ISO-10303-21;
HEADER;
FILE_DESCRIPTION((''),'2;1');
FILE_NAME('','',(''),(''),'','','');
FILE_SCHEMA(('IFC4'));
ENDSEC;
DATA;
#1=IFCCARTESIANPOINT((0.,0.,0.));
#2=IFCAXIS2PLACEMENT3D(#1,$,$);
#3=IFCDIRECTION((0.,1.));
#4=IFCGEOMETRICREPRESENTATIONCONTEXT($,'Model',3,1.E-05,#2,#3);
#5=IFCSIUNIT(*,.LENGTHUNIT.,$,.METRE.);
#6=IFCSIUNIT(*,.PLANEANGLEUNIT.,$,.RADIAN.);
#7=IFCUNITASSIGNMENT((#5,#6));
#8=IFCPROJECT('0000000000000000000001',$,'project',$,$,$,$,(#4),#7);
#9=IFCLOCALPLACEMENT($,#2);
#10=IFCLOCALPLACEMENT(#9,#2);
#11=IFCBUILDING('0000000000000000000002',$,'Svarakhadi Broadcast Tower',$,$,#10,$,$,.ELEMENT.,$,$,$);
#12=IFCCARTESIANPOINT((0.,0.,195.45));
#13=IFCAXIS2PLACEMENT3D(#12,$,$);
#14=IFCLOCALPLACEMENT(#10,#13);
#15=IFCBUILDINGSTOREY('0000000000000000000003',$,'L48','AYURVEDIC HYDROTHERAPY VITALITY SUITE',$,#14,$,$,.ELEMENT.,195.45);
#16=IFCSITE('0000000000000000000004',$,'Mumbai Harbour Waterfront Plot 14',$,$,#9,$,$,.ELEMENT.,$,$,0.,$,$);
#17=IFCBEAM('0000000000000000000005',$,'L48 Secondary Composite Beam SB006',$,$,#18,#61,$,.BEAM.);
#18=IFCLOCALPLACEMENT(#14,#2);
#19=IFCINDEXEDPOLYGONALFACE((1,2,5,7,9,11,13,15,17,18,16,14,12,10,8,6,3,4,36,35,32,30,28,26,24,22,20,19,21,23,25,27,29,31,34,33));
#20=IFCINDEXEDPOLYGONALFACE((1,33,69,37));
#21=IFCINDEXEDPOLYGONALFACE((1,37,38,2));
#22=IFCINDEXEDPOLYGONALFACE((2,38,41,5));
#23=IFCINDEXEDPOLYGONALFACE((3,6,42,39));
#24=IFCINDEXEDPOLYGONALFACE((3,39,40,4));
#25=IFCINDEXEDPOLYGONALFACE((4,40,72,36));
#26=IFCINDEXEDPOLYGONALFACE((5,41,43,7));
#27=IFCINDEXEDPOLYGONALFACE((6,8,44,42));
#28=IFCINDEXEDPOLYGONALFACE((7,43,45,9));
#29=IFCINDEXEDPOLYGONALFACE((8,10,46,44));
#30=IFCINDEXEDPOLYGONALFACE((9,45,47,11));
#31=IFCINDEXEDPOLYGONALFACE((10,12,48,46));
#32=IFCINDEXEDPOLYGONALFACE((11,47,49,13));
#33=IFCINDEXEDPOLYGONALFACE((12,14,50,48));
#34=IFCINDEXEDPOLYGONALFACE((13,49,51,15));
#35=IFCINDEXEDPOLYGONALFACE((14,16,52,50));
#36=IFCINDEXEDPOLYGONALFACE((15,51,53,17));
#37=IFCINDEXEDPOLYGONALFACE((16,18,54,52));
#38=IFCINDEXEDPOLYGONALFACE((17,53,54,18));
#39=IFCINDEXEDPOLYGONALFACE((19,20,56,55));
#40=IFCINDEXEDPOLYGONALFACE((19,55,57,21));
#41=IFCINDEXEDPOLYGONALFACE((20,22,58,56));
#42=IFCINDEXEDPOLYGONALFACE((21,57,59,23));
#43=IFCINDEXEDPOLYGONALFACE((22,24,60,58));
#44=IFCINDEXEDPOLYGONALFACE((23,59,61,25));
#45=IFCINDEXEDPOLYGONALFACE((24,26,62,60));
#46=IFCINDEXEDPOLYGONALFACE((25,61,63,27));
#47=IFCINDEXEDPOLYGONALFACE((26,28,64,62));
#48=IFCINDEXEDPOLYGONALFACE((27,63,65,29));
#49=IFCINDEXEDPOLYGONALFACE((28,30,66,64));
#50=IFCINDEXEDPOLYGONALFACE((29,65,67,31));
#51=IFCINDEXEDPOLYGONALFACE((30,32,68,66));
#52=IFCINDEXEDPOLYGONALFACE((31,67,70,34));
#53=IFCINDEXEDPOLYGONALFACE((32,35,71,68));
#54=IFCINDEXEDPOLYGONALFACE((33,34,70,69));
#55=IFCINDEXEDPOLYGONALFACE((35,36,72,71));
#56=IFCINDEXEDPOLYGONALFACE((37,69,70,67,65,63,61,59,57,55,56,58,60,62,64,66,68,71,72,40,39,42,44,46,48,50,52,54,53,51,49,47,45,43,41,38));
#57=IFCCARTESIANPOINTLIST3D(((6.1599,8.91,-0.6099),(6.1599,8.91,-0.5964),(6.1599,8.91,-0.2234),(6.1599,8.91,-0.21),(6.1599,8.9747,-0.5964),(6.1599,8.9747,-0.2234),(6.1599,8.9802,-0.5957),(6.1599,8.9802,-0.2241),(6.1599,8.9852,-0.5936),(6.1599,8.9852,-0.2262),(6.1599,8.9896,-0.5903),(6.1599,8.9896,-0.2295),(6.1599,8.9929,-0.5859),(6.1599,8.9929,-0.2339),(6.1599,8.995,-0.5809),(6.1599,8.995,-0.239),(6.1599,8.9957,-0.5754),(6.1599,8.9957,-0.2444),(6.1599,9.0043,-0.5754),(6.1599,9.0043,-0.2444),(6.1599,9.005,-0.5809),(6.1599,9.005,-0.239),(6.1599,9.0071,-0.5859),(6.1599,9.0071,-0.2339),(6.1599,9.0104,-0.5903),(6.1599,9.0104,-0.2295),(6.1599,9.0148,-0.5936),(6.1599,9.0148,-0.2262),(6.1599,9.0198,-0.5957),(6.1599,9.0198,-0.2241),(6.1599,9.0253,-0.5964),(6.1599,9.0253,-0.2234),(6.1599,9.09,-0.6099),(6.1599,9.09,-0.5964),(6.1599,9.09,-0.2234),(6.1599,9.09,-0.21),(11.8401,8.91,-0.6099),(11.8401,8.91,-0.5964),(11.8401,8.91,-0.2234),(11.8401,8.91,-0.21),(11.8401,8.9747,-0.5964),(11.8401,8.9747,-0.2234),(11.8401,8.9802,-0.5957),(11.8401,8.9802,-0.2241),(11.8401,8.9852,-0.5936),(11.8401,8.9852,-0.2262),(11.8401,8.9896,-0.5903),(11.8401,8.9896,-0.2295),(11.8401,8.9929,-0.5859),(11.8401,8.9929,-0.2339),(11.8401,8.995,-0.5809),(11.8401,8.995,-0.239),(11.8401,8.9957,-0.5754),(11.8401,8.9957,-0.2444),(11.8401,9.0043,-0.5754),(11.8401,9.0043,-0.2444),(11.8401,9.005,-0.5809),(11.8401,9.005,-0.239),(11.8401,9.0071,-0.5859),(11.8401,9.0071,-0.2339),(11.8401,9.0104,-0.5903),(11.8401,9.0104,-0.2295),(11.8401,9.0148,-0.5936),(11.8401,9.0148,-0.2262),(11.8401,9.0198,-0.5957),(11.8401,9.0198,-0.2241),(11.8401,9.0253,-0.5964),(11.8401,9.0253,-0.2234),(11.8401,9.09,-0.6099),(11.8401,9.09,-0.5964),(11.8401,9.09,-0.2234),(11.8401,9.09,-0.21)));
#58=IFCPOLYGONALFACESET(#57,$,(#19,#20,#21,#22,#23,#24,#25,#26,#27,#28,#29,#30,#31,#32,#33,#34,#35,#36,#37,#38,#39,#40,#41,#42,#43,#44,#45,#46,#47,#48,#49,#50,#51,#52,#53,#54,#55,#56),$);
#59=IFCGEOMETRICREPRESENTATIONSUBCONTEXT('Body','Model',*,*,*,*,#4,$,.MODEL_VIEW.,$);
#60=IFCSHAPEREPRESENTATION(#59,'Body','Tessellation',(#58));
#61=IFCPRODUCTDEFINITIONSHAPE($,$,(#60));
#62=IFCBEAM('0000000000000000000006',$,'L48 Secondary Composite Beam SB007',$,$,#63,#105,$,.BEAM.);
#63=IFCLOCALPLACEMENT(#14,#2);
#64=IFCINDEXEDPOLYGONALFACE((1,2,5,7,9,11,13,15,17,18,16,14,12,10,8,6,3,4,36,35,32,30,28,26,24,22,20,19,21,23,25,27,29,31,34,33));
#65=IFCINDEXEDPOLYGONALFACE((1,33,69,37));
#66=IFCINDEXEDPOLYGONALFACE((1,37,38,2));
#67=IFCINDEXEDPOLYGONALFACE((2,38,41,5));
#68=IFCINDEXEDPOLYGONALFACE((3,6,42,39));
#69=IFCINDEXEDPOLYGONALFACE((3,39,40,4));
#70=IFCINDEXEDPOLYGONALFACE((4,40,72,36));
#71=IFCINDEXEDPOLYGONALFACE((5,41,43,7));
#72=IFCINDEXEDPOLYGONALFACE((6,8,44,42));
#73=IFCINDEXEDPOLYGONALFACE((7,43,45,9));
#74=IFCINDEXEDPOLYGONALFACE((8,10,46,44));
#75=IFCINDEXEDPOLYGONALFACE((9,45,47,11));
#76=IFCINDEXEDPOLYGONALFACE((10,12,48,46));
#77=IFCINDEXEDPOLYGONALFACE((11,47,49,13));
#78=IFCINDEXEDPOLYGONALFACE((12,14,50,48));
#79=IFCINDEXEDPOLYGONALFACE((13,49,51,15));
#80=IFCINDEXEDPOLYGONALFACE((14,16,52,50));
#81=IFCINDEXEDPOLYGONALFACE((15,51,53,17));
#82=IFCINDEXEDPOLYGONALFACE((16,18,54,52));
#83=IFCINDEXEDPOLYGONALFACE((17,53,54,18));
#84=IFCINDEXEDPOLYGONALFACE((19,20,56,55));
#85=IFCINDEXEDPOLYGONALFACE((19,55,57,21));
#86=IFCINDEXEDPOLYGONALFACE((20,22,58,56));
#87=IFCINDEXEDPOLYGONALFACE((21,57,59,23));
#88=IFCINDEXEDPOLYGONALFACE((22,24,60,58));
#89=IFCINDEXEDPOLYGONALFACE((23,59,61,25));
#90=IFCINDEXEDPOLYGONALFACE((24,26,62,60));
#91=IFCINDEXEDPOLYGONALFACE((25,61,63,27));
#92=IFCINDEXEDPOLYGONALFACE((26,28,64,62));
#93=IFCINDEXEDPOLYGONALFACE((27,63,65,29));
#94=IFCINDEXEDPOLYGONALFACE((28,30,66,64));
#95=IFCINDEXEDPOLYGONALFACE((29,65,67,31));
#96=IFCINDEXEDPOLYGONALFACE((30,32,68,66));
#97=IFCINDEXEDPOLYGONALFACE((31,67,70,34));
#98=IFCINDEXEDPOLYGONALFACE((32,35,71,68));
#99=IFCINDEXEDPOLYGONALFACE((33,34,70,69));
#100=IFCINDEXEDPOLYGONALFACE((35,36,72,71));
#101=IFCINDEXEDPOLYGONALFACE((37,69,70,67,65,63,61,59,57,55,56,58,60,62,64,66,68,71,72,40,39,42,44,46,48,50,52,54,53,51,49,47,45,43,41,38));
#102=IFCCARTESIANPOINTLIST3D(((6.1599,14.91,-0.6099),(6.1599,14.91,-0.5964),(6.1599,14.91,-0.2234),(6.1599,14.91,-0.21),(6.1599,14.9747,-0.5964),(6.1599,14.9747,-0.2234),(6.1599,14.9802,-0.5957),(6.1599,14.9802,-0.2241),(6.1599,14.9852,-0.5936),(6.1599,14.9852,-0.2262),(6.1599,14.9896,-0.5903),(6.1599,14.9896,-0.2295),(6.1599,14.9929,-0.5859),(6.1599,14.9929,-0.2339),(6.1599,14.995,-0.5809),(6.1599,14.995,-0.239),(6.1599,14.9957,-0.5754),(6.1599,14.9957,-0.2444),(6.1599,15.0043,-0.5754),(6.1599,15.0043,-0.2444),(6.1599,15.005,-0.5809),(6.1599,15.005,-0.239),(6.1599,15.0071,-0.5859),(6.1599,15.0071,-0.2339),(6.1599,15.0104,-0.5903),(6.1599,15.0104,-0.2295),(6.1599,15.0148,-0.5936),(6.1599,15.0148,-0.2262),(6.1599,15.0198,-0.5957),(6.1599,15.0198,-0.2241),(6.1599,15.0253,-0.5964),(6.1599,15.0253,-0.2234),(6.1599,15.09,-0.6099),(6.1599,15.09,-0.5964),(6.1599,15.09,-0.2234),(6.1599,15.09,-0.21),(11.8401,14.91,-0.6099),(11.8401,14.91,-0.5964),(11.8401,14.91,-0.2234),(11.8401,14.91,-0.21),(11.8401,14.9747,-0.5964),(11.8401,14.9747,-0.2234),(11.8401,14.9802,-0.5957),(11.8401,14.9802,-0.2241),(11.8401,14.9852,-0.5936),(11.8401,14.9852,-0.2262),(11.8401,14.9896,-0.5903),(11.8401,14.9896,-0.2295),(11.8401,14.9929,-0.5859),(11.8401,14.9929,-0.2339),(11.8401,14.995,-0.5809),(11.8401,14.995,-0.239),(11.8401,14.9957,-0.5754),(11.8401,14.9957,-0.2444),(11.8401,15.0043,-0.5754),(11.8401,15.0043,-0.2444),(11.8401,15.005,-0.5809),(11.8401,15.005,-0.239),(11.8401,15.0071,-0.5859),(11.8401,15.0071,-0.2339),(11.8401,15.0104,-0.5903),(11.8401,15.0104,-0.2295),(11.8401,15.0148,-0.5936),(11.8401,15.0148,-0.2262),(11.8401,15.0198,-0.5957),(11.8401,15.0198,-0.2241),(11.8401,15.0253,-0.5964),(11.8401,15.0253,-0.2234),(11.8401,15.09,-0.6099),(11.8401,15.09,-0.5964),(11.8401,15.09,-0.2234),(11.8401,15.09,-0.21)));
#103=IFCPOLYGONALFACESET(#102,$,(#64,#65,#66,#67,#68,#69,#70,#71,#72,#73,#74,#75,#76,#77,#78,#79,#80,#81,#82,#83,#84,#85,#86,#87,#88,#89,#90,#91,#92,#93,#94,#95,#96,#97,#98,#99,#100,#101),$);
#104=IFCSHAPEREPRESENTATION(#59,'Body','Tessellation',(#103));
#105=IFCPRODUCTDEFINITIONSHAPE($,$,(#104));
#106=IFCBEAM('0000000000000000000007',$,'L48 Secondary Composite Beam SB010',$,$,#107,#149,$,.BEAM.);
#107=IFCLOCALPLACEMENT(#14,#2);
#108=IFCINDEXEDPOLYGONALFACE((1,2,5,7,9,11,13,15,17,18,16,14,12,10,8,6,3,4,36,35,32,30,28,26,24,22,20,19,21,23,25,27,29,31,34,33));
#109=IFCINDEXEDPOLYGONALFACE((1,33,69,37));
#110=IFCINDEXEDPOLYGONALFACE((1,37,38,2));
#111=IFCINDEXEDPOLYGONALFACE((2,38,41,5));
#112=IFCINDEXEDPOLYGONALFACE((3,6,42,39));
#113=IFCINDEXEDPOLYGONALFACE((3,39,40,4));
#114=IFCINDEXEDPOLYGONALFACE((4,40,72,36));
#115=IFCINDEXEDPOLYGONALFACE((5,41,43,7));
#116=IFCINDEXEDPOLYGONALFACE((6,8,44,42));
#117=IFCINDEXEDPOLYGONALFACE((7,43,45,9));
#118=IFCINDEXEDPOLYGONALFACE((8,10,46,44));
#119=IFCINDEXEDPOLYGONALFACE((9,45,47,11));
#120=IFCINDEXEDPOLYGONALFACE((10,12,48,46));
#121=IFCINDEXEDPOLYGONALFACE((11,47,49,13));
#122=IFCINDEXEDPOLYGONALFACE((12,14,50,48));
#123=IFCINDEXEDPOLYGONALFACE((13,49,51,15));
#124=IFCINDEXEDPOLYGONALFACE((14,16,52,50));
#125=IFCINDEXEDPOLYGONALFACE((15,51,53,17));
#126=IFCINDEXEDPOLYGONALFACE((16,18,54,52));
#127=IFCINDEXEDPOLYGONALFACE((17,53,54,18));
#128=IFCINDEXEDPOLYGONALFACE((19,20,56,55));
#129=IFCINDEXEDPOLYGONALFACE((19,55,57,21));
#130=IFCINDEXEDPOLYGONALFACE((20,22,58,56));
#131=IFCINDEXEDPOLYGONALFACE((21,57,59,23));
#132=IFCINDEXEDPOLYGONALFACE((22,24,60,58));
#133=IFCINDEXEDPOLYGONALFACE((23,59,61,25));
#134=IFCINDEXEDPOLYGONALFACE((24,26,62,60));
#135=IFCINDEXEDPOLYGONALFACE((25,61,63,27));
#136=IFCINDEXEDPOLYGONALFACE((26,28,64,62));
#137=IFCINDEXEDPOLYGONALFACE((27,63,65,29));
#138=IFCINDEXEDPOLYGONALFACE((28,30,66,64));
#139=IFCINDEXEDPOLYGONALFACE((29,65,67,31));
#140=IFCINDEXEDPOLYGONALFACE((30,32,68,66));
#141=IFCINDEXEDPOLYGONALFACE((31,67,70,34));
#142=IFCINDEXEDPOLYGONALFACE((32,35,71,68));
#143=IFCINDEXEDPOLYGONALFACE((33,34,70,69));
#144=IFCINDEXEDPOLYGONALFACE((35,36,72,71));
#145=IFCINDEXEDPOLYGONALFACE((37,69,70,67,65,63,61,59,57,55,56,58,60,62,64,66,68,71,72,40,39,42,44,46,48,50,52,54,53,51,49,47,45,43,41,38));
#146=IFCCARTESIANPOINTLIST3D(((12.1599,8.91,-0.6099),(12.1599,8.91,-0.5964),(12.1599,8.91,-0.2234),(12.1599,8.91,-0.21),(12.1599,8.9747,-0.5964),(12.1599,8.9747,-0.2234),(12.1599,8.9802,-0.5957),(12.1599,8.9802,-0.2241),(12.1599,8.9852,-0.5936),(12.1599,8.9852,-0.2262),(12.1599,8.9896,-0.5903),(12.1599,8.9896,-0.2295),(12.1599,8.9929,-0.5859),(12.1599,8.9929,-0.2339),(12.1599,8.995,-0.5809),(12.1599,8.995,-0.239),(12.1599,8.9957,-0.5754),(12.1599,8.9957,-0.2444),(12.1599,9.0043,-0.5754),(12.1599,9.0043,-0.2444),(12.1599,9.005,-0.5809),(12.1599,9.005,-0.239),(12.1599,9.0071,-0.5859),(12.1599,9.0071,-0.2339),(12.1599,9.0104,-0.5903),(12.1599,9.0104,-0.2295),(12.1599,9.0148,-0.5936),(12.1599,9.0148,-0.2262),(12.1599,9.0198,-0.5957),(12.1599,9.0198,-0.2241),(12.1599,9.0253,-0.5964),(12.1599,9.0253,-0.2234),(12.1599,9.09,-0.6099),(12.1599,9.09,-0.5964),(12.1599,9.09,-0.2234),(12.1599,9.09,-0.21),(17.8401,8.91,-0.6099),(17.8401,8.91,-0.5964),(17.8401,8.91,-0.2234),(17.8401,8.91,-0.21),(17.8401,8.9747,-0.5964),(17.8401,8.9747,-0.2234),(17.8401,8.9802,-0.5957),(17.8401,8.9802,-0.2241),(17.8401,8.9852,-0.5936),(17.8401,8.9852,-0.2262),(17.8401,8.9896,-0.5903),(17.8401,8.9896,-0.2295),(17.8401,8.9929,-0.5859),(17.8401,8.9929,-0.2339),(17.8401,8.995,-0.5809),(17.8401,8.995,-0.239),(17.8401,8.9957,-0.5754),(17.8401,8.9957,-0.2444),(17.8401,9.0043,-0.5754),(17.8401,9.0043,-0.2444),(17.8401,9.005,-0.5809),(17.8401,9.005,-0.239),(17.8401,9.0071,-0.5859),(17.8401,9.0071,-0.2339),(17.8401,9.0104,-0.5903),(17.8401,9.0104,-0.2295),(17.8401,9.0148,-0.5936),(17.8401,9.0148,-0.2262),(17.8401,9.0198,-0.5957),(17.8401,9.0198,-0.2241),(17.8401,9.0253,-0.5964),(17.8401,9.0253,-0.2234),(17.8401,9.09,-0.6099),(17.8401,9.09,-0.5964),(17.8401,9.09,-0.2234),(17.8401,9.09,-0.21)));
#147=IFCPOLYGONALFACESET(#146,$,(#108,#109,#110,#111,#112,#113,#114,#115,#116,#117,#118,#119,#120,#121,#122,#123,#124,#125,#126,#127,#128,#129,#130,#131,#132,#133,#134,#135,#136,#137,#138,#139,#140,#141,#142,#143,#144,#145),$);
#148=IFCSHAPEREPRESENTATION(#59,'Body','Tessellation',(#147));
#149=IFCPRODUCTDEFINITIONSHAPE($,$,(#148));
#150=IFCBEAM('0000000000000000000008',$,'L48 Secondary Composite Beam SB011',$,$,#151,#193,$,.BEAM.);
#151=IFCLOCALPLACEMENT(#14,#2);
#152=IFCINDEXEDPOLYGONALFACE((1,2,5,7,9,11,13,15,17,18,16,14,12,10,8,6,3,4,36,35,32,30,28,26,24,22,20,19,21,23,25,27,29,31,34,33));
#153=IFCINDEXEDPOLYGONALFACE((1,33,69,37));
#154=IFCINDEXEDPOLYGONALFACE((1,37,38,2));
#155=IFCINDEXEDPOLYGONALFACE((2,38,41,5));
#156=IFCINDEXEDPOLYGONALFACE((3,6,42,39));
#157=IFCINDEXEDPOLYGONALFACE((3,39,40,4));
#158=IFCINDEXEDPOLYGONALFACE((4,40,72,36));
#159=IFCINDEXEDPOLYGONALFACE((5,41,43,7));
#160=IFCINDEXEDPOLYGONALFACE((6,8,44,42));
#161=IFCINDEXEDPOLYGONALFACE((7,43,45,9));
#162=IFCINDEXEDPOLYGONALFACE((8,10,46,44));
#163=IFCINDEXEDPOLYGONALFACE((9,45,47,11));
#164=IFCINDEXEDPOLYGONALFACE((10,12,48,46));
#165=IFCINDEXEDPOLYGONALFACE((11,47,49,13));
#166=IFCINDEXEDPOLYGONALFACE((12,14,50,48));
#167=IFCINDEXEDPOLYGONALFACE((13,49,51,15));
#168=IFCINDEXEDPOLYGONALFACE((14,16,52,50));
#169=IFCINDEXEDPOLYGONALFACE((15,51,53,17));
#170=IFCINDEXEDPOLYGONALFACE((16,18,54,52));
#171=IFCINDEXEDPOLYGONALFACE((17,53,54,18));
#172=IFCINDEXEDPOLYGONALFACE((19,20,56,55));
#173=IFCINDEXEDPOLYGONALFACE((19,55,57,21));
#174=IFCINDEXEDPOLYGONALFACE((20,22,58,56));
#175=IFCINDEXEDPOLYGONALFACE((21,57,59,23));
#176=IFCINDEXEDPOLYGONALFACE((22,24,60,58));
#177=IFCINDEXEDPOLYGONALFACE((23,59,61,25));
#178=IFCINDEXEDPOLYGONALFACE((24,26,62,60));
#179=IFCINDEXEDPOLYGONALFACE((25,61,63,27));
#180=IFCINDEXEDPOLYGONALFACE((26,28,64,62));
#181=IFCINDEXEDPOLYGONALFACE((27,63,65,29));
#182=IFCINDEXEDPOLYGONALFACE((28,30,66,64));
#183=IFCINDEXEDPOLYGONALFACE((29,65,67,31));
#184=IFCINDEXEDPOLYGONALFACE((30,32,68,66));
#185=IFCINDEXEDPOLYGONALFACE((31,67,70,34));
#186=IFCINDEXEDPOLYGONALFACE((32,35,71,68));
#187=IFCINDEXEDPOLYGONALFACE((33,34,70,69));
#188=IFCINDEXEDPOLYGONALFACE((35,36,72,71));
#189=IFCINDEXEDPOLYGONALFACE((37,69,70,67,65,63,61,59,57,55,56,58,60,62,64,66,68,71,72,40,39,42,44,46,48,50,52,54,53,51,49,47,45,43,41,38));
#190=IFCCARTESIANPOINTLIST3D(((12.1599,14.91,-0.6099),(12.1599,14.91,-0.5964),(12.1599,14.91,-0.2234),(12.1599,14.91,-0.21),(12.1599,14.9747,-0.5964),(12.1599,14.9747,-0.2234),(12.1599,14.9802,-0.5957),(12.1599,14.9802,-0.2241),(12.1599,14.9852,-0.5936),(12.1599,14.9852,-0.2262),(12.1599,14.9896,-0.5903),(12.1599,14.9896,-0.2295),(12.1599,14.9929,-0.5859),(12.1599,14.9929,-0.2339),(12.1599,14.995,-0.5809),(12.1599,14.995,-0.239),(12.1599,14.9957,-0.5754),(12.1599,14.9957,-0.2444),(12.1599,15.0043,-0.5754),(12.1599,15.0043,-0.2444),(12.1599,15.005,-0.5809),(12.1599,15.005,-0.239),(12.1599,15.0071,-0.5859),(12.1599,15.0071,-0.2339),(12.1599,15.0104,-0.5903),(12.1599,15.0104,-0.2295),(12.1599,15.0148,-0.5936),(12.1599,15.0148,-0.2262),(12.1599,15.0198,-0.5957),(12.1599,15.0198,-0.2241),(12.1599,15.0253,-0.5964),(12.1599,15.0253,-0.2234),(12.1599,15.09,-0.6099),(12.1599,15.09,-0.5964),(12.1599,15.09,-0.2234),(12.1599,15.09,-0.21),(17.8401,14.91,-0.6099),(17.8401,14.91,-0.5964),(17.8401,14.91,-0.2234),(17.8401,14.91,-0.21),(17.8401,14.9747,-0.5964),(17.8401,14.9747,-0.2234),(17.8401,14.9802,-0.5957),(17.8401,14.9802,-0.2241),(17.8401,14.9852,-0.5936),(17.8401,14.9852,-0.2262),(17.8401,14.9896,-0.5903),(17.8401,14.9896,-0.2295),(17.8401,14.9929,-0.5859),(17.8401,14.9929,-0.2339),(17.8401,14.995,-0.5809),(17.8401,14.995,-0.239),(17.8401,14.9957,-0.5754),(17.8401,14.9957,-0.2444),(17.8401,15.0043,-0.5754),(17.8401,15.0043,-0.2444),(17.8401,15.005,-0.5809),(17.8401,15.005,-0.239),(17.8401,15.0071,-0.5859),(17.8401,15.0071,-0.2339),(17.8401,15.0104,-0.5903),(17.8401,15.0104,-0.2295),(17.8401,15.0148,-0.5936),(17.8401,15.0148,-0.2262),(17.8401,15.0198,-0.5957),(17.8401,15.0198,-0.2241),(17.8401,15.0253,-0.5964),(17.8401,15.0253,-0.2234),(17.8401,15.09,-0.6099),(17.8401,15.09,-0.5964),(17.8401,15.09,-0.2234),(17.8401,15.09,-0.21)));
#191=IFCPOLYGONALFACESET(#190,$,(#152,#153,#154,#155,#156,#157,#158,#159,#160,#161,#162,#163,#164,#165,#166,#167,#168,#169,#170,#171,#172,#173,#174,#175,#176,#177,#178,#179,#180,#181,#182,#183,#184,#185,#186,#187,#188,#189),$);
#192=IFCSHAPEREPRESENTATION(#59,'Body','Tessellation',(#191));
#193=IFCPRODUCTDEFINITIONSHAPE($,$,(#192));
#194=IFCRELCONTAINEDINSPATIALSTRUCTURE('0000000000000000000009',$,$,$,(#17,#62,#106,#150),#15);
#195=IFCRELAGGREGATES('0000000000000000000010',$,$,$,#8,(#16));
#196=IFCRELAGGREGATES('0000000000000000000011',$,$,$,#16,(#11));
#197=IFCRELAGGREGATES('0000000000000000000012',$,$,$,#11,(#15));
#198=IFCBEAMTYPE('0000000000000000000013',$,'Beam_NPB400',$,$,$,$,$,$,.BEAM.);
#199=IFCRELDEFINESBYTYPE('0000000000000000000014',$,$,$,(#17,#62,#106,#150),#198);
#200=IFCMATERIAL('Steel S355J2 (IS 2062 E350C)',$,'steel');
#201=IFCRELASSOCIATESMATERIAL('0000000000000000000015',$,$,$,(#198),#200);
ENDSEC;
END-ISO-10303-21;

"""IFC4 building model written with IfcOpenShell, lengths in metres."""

from ifc_helpers import new_model, si_unit, direction, frame, origin, origin_2d, place, context, subcontext, project, spatial, i_section, extrude, material, material_profile, profile_set, type_object, element, save


model = new_model("IFC4")

# Units and contexts
model_context = context("Model", 3, precision=1e-05, world=origin(), true_north=direction((0.0, 1.0)))
body_context = subcontext(model_context, "Body", "Model", "MODEL_VIEW")
ifc_project = project(units=[si_unit("LENGTHUNIT", "METRE"), si_unit("PLANEANGLEUNIT", "RADIAN")], contexts=[model_context])

# Site, building, storey
site_placement = place(None, origin())
site = spatial("IfcSite", under=ifc_project, at=site_placement, Name="Mumbai Harbour Waterfront Plot 14", CompositionType="ELEMENT", RefElevation=0.0)
building_placement = place(site_placement, origin())
building = spatial("IfcBuilding", under=site, at=building_placement, Name="Svarakhadi Broadcast Tower", CompositionType="ELEMENT")
storey_placement = place(building_placement, frame((0.0, 0.0, 195.45)))
storey = spatial("IfcBuildingStorey", under=building, at=storey_placement, Name="L48", Description="AYURVEDIC HYDROTHERAPY VITALITY SUITE", CompositionType="ELEMENT", Elevation=195.45)

# Beams
ifc_material_1 = material(Name="Steel S355J2 (IS 2062 E350C)", Category="steel")
ifc_material_profile_1 = material_profile(ifc_material_1, i_section(OverallWidth=0.1799, OverallDepth=0.3999, WebThickness=0.0085, FlangeThickness=0.0134, FilletRadius=0.021, at=origin_2d()), Name="NPB 400x180x66")
ifc_profile_set_1 = profile_set([ifc_material_profile_1], Name="Steel S355J2 (IS 2062 E350C)")
beam_type_1 = type_object("IfcBeamType", Name="Beam_NPB400", PredefinedType="BEAM", material=ifc_profile_set_1)
for number, where, z_axis, x_axis, name in (
    (1, (6.1599, 9.0, -0.4099), (1.0, 0.0, 0.0), (0.0, 1.0, 0.0), "L48 Secondary Composite Beam SB006"),
    (2, (6.1599, 15.0, -0.4099), (1.0, 0.0, 0.0), (0.0, 1.0, 0.0), "L48 Secondary Composite Beam SB007"),
    (3, (12.1599, 9.0, -0.4099), (1.0, 0.0, 0.0), (0.0, 1.0, 0.0), "L48 Secondary Composite Beam SB010"),
    (4, (12.1599, 15.0, -0.4099), (1.0, 0.0, 0.0), (0.0, 1.0, 0.0), "L48 Secondary Composite Beam SB011"),
):
    element("IfcBeam", number, at=place(storey_placement, frame(where, z_axis=z_axis, x_axis=x_axis)), inside=storey, type_object=beam_type_1, Name=name, PredefinedType="BEAM", context=body_context, shape_type="SweptSolid", body=[
        extrude(i_section(OverallWidth=0.1799, OverallDepth=0.3999, WebThickness=0.0085, FlangeThickness=0.0134, FilletRadius=0.021, at=origin_2d()), origin(), (0.0, 0.0, 1.0), 5.6802),
    ])

save(model, "model.ifc")
